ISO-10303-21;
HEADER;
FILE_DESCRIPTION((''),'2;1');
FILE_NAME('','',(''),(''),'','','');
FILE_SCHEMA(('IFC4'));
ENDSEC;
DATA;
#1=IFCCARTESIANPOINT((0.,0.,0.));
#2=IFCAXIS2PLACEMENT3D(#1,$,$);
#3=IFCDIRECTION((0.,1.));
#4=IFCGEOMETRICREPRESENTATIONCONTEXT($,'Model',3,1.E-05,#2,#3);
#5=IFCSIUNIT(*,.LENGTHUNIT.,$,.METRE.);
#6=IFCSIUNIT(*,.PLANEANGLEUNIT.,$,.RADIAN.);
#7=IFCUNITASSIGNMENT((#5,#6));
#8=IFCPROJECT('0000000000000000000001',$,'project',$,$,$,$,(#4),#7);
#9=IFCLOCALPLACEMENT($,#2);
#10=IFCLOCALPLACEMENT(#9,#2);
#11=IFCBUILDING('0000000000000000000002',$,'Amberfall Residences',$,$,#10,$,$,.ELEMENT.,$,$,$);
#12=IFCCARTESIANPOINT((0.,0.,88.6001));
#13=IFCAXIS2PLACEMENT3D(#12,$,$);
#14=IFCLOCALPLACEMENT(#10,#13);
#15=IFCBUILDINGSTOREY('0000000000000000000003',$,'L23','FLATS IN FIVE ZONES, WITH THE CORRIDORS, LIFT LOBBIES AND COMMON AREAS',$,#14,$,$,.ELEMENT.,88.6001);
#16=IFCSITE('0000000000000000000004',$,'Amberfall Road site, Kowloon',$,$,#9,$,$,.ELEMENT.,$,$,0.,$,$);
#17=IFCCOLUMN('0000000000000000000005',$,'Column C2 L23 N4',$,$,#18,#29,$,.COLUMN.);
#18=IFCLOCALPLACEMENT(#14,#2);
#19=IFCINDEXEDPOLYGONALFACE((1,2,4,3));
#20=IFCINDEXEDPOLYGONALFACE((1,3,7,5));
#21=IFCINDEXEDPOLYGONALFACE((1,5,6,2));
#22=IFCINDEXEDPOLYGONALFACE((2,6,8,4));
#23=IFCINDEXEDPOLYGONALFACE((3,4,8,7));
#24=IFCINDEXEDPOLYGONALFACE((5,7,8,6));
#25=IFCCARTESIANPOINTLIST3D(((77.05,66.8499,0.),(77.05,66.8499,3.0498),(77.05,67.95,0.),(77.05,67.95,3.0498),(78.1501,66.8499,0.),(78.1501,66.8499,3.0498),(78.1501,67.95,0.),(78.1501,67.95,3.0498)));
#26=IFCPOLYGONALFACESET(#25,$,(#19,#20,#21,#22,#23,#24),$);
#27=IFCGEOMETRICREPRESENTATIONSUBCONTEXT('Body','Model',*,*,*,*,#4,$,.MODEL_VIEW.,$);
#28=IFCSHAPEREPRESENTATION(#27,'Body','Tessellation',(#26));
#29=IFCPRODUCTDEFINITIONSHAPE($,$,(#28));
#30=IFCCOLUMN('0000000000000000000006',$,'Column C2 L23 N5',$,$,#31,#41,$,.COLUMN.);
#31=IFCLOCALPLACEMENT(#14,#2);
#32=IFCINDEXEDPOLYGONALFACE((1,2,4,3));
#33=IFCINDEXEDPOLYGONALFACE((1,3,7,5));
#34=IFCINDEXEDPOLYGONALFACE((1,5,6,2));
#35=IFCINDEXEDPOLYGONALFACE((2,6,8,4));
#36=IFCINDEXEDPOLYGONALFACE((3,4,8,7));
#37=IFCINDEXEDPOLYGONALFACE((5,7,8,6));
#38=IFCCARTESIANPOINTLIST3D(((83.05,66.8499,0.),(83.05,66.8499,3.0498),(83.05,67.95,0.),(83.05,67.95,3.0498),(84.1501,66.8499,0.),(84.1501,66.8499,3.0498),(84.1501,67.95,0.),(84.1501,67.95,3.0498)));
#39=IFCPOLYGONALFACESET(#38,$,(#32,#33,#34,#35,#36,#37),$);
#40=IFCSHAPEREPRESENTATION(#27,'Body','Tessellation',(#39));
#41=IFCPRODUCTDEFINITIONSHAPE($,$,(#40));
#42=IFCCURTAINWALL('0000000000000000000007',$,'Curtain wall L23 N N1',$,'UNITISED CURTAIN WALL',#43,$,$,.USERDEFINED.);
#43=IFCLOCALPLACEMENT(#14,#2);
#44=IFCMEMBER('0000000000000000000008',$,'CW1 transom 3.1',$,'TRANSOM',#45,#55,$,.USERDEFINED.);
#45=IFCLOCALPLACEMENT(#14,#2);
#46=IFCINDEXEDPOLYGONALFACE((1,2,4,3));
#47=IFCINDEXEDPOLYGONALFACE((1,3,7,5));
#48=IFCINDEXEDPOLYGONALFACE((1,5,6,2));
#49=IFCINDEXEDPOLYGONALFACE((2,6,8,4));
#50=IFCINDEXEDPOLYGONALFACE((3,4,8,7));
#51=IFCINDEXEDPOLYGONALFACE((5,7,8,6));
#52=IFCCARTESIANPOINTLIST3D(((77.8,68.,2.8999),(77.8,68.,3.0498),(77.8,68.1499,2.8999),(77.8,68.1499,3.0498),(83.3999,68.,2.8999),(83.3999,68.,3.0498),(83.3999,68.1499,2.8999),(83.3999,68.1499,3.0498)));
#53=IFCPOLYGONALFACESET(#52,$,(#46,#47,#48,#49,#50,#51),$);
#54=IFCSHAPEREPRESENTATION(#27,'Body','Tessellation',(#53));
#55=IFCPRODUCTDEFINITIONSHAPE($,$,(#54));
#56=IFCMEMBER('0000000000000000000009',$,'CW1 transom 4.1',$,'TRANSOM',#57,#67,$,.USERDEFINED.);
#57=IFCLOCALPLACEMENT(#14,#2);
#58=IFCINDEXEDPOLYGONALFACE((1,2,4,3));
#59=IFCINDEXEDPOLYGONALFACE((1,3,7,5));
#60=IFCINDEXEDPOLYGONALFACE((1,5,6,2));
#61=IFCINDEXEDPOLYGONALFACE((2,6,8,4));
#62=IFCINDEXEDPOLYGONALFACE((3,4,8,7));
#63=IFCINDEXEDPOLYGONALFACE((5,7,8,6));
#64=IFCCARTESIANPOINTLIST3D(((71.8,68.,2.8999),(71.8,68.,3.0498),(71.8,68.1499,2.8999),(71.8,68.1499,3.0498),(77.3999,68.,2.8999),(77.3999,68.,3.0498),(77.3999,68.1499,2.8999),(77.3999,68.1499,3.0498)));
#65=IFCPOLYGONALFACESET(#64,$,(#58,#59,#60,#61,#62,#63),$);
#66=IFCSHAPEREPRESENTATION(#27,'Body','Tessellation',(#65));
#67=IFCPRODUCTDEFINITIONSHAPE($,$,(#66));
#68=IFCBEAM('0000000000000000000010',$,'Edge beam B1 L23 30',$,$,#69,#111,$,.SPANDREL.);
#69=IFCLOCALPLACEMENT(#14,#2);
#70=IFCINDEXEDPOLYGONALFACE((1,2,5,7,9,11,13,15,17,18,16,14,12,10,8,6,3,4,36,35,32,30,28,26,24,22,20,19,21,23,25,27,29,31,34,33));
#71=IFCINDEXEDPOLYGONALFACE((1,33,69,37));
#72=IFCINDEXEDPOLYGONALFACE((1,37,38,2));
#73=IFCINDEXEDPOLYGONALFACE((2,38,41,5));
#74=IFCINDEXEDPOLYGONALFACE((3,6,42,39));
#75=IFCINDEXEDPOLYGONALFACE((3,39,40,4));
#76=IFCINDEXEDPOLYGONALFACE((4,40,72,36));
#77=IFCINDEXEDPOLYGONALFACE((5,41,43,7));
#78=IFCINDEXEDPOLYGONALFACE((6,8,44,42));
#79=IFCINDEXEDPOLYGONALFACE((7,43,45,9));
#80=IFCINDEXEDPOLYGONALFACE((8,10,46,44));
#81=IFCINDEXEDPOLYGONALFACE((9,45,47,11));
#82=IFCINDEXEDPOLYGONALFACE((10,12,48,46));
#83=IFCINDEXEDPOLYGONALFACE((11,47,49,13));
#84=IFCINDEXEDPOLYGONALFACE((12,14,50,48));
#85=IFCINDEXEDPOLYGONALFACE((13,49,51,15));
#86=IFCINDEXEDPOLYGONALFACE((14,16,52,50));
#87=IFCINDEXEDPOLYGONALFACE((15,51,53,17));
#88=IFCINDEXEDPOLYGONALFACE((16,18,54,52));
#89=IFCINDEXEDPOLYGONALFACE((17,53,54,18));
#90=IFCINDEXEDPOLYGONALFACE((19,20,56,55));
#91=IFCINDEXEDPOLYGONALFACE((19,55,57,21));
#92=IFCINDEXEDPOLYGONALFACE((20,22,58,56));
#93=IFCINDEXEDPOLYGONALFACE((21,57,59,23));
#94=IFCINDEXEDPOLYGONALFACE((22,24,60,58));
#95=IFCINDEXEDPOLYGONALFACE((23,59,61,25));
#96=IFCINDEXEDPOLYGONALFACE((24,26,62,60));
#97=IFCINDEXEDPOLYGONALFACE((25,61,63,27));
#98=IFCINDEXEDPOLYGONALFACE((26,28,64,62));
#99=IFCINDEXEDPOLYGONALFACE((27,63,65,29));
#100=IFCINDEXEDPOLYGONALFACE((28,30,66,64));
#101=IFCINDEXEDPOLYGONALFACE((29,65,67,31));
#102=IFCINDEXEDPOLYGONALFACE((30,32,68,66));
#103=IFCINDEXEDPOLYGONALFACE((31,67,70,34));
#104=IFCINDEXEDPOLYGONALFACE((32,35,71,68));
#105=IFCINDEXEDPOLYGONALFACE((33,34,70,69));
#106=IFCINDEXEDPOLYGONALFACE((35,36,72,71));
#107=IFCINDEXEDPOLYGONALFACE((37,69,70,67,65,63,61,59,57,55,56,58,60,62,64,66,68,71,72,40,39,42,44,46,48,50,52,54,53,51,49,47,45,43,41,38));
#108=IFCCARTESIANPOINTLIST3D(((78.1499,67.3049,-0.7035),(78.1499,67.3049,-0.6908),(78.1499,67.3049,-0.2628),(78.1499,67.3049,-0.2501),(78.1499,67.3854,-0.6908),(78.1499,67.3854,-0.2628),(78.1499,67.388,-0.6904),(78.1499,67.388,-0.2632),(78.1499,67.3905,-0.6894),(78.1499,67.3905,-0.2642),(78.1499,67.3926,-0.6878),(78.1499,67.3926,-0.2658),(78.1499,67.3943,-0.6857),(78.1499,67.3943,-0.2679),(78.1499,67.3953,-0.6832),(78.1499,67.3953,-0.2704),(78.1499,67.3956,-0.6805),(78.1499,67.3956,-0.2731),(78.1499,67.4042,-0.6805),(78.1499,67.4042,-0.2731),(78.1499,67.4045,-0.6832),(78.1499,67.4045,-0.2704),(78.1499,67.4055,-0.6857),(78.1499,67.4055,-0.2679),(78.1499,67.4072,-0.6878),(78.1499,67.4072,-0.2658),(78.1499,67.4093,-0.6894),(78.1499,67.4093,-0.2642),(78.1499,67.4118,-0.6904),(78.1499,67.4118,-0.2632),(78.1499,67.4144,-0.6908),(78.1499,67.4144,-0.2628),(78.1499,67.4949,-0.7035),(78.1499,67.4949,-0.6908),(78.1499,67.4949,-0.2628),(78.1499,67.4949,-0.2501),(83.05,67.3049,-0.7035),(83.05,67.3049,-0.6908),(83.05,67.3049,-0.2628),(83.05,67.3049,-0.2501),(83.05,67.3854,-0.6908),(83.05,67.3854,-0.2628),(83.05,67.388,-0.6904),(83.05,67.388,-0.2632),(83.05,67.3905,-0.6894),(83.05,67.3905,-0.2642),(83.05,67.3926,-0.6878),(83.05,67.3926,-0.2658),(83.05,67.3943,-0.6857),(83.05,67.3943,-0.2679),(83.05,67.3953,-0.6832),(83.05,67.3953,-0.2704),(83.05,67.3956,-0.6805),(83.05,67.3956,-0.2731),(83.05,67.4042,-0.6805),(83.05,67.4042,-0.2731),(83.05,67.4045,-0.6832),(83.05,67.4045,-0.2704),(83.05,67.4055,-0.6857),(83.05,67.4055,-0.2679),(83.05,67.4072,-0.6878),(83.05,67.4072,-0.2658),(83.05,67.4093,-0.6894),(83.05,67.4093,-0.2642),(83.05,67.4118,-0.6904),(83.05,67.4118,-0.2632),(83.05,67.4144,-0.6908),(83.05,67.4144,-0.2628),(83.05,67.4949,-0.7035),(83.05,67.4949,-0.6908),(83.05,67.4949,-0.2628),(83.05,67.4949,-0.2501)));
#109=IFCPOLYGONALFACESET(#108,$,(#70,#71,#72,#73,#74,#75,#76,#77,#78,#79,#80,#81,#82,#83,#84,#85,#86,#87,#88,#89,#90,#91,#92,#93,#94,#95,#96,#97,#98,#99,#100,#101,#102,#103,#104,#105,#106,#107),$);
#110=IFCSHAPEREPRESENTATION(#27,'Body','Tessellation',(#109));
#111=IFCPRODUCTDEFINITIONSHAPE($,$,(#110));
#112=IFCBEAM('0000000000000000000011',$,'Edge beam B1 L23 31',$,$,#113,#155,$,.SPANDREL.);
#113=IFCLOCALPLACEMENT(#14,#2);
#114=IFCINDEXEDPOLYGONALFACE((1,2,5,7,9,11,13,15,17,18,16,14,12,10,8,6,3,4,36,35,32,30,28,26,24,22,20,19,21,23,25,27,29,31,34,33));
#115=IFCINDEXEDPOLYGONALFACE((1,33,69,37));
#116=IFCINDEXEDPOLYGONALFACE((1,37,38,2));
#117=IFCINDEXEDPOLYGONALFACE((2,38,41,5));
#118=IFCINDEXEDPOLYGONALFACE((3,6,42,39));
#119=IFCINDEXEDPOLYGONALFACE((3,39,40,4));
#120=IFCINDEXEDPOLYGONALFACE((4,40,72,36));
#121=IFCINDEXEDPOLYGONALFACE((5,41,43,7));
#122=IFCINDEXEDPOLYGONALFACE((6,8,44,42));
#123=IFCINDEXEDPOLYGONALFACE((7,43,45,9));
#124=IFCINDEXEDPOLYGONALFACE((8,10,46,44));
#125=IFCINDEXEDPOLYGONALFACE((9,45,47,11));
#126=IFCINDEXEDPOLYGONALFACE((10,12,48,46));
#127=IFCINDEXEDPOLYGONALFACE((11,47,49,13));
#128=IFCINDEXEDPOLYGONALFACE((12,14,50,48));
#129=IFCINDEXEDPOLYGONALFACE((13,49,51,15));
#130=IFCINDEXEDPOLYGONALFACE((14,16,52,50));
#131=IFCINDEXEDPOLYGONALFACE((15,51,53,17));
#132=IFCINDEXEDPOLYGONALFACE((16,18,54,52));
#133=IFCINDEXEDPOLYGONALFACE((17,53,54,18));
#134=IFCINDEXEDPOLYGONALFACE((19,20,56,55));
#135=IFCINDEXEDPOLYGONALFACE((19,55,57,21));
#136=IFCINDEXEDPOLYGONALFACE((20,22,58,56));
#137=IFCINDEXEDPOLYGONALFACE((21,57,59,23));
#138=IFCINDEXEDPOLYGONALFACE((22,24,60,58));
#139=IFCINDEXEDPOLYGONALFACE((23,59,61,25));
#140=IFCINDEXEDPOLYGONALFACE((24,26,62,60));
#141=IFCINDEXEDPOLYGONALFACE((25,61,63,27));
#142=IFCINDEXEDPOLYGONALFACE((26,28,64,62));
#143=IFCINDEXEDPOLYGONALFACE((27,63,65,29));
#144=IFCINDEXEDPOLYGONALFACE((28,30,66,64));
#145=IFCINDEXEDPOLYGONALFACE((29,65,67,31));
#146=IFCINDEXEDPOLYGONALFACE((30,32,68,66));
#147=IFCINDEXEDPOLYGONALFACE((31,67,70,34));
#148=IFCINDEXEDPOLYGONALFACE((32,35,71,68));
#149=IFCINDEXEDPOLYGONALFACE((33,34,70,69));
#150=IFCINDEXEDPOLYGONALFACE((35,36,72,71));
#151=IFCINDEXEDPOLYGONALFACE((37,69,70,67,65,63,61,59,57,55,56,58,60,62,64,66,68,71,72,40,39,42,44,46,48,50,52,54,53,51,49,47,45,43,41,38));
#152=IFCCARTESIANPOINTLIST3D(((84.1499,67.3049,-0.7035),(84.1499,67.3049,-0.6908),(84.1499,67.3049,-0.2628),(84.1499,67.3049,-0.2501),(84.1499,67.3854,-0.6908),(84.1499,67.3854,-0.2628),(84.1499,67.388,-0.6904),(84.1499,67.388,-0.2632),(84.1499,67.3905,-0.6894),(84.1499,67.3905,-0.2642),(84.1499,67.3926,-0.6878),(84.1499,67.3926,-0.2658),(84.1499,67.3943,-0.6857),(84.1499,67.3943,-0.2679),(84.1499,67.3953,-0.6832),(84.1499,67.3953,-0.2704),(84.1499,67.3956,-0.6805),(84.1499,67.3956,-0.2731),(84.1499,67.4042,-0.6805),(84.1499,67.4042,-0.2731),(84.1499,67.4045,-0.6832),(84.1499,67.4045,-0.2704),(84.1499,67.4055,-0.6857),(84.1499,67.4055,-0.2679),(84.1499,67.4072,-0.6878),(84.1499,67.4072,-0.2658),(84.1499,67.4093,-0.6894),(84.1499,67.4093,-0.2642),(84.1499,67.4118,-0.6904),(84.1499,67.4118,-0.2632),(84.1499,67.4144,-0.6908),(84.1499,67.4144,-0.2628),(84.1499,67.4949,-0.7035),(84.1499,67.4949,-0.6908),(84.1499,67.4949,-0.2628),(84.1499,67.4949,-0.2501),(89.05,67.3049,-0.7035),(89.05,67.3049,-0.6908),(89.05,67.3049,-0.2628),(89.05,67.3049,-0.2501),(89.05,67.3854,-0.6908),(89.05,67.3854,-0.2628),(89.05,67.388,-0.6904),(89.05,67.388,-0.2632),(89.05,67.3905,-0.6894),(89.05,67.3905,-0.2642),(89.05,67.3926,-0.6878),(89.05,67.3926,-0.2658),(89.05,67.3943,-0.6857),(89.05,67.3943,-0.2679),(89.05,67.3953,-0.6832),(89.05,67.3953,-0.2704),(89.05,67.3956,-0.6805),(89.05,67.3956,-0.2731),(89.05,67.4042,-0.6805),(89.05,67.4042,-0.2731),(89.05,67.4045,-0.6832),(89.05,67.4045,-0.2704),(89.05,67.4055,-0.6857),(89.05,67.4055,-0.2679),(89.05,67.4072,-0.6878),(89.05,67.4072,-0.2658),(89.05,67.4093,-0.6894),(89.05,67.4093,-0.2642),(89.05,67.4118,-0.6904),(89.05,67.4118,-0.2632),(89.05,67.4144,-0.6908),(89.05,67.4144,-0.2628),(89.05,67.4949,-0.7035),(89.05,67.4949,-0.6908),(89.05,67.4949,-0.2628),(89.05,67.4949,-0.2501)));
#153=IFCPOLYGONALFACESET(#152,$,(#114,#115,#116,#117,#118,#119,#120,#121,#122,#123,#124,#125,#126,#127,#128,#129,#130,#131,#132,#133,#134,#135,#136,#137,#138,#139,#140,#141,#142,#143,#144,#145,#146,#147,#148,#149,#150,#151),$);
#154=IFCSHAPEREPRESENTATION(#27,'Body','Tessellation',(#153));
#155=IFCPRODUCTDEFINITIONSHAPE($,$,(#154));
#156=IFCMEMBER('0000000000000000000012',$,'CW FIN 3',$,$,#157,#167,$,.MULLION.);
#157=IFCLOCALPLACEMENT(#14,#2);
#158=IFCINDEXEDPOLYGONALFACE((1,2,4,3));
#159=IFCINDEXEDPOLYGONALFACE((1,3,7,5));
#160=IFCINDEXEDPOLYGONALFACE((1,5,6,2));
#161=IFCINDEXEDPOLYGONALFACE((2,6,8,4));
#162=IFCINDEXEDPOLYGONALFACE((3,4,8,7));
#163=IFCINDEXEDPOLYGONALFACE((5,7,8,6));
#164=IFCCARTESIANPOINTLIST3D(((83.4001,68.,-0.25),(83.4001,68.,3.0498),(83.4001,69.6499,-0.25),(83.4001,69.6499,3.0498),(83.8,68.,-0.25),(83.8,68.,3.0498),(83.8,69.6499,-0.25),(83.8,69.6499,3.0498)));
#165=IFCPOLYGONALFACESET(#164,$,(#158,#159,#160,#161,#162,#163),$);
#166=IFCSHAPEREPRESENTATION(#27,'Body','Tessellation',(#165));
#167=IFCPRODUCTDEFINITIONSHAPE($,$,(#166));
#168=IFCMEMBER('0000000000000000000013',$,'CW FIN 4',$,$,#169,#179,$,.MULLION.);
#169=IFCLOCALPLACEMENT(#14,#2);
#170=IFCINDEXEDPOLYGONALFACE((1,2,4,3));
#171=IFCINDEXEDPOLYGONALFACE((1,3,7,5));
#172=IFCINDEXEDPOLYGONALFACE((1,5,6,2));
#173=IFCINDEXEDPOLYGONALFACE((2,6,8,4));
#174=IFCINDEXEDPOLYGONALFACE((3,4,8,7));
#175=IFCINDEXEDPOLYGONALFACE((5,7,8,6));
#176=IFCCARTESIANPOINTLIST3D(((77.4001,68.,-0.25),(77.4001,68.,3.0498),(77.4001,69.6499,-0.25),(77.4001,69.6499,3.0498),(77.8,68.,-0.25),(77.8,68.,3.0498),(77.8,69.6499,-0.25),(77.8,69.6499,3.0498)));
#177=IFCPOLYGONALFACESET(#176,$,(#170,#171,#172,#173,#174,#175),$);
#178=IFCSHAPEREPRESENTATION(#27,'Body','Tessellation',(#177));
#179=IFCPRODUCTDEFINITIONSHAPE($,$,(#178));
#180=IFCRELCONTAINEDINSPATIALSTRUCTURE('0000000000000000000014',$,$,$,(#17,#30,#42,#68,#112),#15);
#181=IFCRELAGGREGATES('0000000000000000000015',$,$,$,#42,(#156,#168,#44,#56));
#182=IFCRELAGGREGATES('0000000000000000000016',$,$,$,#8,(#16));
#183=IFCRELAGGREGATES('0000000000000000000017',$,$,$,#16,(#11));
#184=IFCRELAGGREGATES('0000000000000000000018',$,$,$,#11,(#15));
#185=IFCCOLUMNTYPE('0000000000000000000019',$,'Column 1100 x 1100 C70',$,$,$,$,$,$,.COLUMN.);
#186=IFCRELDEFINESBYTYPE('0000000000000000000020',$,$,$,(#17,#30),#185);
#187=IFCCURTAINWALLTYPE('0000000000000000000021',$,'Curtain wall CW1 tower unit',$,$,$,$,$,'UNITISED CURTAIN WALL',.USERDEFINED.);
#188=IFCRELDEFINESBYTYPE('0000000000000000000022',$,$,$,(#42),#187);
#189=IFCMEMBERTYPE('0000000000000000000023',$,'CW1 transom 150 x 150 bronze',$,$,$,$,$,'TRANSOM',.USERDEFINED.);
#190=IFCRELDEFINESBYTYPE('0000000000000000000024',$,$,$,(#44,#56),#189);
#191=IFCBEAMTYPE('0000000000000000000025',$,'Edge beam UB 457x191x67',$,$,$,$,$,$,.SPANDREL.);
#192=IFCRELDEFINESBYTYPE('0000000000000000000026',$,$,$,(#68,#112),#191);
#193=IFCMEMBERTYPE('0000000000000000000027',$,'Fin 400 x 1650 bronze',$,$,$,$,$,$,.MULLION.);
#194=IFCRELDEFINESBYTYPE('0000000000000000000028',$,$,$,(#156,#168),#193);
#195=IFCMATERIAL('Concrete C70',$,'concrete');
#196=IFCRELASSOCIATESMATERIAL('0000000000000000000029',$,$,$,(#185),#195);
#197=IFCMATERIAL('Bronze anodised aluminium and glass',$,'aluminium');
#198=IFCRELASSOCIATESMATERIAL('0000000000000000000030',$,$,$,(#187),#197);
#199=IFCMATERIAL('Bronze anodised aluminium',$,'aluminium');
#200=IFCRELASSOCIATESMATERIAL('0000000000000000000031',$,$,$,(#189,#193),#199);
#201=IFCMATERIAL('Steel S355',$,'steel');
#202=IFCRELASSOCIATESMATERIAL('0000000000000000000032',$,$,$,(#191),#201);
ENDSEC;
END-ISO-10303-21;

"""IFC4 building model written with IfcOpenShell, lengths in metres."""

from ifc_helpers import new_model, si_unit, direction, frame, origin, origin_2d, place, context, subcontext, project, spatial, rectangle, i_section, extrude, material, material_profile, profile_set, type_object, element, aggregate, save


model = new_model("IFC4")

# Units and contexts
model_context = context("Model", 3, precision=1e-05, world=origin(), true_north=direction((0.0, 1.0)))
body_context = subcontext(model_context, "Body", "Model", "MODEL_VIEW")
ifc_project = project(units=[si_unit("LENGTHUNIT", "METRE"), si_unit("PLANEANGLEUNIT", "RADIAN")], contexts=[model_context])

# Site, building, storey
site_placement = place(None, origin())
site = spatial("IfcSite", under=ifc_project, at=site_placement, Name="Amberfall Road site, Kowloon", CompositionType="ELEMENT", RefElevation=0.0)
building_placement = place(site_placement, origin())
building = spatial("IfcBuilding", under=site, at=building_placement, Name="Amberfall Residences", CompositionType="ELEMENT")
storey_placement = place(building_placement, frame((0.0, 0.0, 88.6001)))
storey = spatial("IfcBuildingStorey", under=building, at=storey_placement, Name="L23", Description="FLATS IN FIVE ZONES, WITH THE CORRIDORS, LIFT LOBBIES AND COMMON AREAS", CompositionType="ELEMENT", Elevation=88.6001)

# Columns
ifc_material_1 = material(Name="Concrete C70", Category="concrete")
ifc_material_profile_1 = material_profile(ifc_material_1, rectangle(XDim=1.1001, YDim=1.1001, at=origin_2d()), Name="Column 1100 x 1100 C70")
ifc_profile_set_1 = profile_set([ifc_material_profile_1], Name="Concrete C70")
column_type = type_object("IfcColumnType", Name="Column 1100 x 1100 C70", PredefinedType="COLUMN", material=ifc_profile_set_1)
for number, where, z_axis, x_axis, name in (
    (1, (77.6001, 67.3999, 0.0), (0.0, 0.0, 1.0), (1.0, 0.0, 0.0), "Column C2 L23 N4"),
    (2, (83.6001, 67.3999, 0.0), (0.0, 0.0, 1.0), (1.0, 0.0, 0.0), "Column C2 L23 N5"),
):
    element("IfcColumn", number, at=place(storey_placement, frame(where, z_axis=z_axis, x_axis=x_axis)), inside=storey, type_object=column_type, Name=name, PredefinedType="COLUMN", context=body_context, shape_type="SweptSolid", body=[
        extrude(rectangle(XDim=1.1001, YDim=1.1001, at=origin_2d()), origin(), (0.0, 0.0, 1.0), 3.0498),
    ])

# Curtain wall, members
ifc_material_2 = material(Name="Bronze anodised aluminium and glass", Category="aluminium")
curtain_wall_type = type_object("IfcCurtainWallType", Name="Curtain wall CW1 tower unit", ElementType="UNITISED CURTAIN WALL", PredefinedType="USERDEFINED", material=ifc_material_2)
curtain_wall_placement = place(storey_placement, origin())
curtain_wall = element("IfcCurtainWall", 3, at=curtain_wall_placement, inside=storey, type_object=curtain_wall_type, Name="Curtain wall L23 N N1", ObjectType="UNITISED CURTAIN WALL", PredefinedType="USERDEFINED")
ifc_material_3 = material(Name="Bronze anodised aluminium", Category="aluminium")
ifc_material_profile_2 = material_profile(ifc_material_3, rectangle(XDim=0.1499, YDim=0.1499, at=origin_2d()), Name="CW1 transom 150 x 150 bronze")
ifc_profile_set_2 = profile_set([ifc_material_profile_2], Name="Bronze anodised aluminium")
member_type_1 = type_object("IfcMemberType", Name="CW1 transom 150 x 150 bronze", ElementType="TRANSOM", PredefinedType="USERDEFINED", material=ifc_profile_set_2)
member_1_placement = place(storey_placement, frame((83.3999, 68.075, 2.9749), z_axis=(-1.0, 0.0, 0.0), x_axis=(0.0, -1.0, 0.0)))
member_1 = element("IfcMember", 4, at=member_1_placement, type_object=member_type_1, Name="CW1 transom 3.1", ObjectType="TRANSOM", PredefinedType="USERDEFINED", context=body_context, shape_type="SweptSolid", body=[
    extrude(rectangle(XDim=0.1499, YDim=0.1499, at=origin_2d()), origin(), (0.0, 0.0, 1.0), 5.5999),
])
member_2_placement = place(storey_placement, frame((77.3999, 68.075, 2.9749), z_axis=(-1.0, 0.0, 0.0), x_axis=(0.0, -1.0, 0.0)))
member_2 = element("IfcMember", 5, at=member_2_placement, type_object=member_type_1, Name="CW1 transom 4.1", ObjectType="TRANSOM", PredefinedType="USERDEFINED", context=body_context, shape_type="SweptSolid", body=[
    extrude(rectangle(XDim=0.1499, YDim=0.1499, at=origin_2d()), origin(), (0.0, 0.0, 1.0), 5.5999),
])

# Beams
ifc_material_4 = material(Name="Steel S355", Category="steel")
ifc_material_profile_3 = material_profile(ifc_material_4, i_section(OverallWidth=0.1899, OverallDepth=0.4534, WebThickness=0.0085, FlangeThickness=0.0127, FilletRadius=0.0103, at=origin_2d()), Name="UB 457x191x67")
ifc_profile_set_3 = profile_set([ifc_material_profile_3], Name="Steel S355")
beam_type_1 = type_object("IfcBeamType", Name="Edge beam UB 457x191x67", PredefinedType="SPANDREL", material=ifc_profile_set_3)
for number, where, z_axis, x_axis, name in (
    (6, (78.1499, 67.3999, -0.4768), (1.0, 0.0, 0.0), (0.0, 1.0, 0.0), "Edge beam B1 L23 30"),
    (7, (84.1499, 67.3999, -0.4768), (1.0, 0.0, 0.0), (0.0, 1.0, 0.0), "Edge beam B1 L23 31"),
):
    element("IfcBeam", number, at=place(storey_placement, frame(where, z_axis=z_axis, x_axis=x_axis)), inside=storey, type_object=beam_type_1, Name=name, PredefinedType="SPANDREL", context=body_context, shape_type="SweptSolid", body=[
        extrude(i_section(OverallWidth=0.1899, OverallDepth=0.4534, WebThickness=0.0085, FlangeThickness=0.0127, FilletRadius=0.0103, at=origin_2d()), origin(), (0.0, 0.0, 1.0), 4.9001),
    ])

# Members
ifc_material_profile_4 = material_profile(ifc_material_3, rectangle(XDim=1.6499, YDim=0.3999, at=origin_2d()), Name="Fin 400 x 1650 bronze")
ifc_profile_set_4 = profile_set([ifc_material_profile_4], Name="Bronze anodised aluminium")
member_type_2 = type_object("IfcMemberType", Name="Fin 400 x 1650 bronze", PredefinedType="MULLION", material=ifc_profile_set_4)
member_3_placement = place(storey_placement, frame((83.6001, 68.825, -0.25), z_axis=(0.0, 0.0, 1.0), x_axis=(0.0, -1.0, 0.0)))
member_3 = element("IfcMember", 8, at=member_3_placement, type_object=member_type_2, Name="CW FIN 3", PredefinedType="MULLION", context=body_context, shape_type="SweptSolid", body=[
    extrude(rectangle(XDim=1.6499, YDim=0.3999, at=origin_2d()), origin(), (0.0, 0.0, 1.0), 3.2998),
])
member_4_placement = place(storey_placement, frame((77.6001, 68.825, -0.25), z_axis=(0.0, 0.0, 1.0), x_axis=(0.0, -1.0, 0.0)))
member_4 = element("IfcMember", 9, at=member_4_placement, type_object=member_type_2, Name="CW FIN 4", PredefinedType="MULLION", context=body_context, shape_type="SweptSolid", body=[
    extrude(rectangle(XDim=1.6499, YDim=0.3999, at=origin_2d()), origin(), (0.0, 0.0, 1.0), 3.2998),
])

aggregate(curtain_wall, [member_3, member_4, member_1, member_2])

save(model, "model.ifc")
